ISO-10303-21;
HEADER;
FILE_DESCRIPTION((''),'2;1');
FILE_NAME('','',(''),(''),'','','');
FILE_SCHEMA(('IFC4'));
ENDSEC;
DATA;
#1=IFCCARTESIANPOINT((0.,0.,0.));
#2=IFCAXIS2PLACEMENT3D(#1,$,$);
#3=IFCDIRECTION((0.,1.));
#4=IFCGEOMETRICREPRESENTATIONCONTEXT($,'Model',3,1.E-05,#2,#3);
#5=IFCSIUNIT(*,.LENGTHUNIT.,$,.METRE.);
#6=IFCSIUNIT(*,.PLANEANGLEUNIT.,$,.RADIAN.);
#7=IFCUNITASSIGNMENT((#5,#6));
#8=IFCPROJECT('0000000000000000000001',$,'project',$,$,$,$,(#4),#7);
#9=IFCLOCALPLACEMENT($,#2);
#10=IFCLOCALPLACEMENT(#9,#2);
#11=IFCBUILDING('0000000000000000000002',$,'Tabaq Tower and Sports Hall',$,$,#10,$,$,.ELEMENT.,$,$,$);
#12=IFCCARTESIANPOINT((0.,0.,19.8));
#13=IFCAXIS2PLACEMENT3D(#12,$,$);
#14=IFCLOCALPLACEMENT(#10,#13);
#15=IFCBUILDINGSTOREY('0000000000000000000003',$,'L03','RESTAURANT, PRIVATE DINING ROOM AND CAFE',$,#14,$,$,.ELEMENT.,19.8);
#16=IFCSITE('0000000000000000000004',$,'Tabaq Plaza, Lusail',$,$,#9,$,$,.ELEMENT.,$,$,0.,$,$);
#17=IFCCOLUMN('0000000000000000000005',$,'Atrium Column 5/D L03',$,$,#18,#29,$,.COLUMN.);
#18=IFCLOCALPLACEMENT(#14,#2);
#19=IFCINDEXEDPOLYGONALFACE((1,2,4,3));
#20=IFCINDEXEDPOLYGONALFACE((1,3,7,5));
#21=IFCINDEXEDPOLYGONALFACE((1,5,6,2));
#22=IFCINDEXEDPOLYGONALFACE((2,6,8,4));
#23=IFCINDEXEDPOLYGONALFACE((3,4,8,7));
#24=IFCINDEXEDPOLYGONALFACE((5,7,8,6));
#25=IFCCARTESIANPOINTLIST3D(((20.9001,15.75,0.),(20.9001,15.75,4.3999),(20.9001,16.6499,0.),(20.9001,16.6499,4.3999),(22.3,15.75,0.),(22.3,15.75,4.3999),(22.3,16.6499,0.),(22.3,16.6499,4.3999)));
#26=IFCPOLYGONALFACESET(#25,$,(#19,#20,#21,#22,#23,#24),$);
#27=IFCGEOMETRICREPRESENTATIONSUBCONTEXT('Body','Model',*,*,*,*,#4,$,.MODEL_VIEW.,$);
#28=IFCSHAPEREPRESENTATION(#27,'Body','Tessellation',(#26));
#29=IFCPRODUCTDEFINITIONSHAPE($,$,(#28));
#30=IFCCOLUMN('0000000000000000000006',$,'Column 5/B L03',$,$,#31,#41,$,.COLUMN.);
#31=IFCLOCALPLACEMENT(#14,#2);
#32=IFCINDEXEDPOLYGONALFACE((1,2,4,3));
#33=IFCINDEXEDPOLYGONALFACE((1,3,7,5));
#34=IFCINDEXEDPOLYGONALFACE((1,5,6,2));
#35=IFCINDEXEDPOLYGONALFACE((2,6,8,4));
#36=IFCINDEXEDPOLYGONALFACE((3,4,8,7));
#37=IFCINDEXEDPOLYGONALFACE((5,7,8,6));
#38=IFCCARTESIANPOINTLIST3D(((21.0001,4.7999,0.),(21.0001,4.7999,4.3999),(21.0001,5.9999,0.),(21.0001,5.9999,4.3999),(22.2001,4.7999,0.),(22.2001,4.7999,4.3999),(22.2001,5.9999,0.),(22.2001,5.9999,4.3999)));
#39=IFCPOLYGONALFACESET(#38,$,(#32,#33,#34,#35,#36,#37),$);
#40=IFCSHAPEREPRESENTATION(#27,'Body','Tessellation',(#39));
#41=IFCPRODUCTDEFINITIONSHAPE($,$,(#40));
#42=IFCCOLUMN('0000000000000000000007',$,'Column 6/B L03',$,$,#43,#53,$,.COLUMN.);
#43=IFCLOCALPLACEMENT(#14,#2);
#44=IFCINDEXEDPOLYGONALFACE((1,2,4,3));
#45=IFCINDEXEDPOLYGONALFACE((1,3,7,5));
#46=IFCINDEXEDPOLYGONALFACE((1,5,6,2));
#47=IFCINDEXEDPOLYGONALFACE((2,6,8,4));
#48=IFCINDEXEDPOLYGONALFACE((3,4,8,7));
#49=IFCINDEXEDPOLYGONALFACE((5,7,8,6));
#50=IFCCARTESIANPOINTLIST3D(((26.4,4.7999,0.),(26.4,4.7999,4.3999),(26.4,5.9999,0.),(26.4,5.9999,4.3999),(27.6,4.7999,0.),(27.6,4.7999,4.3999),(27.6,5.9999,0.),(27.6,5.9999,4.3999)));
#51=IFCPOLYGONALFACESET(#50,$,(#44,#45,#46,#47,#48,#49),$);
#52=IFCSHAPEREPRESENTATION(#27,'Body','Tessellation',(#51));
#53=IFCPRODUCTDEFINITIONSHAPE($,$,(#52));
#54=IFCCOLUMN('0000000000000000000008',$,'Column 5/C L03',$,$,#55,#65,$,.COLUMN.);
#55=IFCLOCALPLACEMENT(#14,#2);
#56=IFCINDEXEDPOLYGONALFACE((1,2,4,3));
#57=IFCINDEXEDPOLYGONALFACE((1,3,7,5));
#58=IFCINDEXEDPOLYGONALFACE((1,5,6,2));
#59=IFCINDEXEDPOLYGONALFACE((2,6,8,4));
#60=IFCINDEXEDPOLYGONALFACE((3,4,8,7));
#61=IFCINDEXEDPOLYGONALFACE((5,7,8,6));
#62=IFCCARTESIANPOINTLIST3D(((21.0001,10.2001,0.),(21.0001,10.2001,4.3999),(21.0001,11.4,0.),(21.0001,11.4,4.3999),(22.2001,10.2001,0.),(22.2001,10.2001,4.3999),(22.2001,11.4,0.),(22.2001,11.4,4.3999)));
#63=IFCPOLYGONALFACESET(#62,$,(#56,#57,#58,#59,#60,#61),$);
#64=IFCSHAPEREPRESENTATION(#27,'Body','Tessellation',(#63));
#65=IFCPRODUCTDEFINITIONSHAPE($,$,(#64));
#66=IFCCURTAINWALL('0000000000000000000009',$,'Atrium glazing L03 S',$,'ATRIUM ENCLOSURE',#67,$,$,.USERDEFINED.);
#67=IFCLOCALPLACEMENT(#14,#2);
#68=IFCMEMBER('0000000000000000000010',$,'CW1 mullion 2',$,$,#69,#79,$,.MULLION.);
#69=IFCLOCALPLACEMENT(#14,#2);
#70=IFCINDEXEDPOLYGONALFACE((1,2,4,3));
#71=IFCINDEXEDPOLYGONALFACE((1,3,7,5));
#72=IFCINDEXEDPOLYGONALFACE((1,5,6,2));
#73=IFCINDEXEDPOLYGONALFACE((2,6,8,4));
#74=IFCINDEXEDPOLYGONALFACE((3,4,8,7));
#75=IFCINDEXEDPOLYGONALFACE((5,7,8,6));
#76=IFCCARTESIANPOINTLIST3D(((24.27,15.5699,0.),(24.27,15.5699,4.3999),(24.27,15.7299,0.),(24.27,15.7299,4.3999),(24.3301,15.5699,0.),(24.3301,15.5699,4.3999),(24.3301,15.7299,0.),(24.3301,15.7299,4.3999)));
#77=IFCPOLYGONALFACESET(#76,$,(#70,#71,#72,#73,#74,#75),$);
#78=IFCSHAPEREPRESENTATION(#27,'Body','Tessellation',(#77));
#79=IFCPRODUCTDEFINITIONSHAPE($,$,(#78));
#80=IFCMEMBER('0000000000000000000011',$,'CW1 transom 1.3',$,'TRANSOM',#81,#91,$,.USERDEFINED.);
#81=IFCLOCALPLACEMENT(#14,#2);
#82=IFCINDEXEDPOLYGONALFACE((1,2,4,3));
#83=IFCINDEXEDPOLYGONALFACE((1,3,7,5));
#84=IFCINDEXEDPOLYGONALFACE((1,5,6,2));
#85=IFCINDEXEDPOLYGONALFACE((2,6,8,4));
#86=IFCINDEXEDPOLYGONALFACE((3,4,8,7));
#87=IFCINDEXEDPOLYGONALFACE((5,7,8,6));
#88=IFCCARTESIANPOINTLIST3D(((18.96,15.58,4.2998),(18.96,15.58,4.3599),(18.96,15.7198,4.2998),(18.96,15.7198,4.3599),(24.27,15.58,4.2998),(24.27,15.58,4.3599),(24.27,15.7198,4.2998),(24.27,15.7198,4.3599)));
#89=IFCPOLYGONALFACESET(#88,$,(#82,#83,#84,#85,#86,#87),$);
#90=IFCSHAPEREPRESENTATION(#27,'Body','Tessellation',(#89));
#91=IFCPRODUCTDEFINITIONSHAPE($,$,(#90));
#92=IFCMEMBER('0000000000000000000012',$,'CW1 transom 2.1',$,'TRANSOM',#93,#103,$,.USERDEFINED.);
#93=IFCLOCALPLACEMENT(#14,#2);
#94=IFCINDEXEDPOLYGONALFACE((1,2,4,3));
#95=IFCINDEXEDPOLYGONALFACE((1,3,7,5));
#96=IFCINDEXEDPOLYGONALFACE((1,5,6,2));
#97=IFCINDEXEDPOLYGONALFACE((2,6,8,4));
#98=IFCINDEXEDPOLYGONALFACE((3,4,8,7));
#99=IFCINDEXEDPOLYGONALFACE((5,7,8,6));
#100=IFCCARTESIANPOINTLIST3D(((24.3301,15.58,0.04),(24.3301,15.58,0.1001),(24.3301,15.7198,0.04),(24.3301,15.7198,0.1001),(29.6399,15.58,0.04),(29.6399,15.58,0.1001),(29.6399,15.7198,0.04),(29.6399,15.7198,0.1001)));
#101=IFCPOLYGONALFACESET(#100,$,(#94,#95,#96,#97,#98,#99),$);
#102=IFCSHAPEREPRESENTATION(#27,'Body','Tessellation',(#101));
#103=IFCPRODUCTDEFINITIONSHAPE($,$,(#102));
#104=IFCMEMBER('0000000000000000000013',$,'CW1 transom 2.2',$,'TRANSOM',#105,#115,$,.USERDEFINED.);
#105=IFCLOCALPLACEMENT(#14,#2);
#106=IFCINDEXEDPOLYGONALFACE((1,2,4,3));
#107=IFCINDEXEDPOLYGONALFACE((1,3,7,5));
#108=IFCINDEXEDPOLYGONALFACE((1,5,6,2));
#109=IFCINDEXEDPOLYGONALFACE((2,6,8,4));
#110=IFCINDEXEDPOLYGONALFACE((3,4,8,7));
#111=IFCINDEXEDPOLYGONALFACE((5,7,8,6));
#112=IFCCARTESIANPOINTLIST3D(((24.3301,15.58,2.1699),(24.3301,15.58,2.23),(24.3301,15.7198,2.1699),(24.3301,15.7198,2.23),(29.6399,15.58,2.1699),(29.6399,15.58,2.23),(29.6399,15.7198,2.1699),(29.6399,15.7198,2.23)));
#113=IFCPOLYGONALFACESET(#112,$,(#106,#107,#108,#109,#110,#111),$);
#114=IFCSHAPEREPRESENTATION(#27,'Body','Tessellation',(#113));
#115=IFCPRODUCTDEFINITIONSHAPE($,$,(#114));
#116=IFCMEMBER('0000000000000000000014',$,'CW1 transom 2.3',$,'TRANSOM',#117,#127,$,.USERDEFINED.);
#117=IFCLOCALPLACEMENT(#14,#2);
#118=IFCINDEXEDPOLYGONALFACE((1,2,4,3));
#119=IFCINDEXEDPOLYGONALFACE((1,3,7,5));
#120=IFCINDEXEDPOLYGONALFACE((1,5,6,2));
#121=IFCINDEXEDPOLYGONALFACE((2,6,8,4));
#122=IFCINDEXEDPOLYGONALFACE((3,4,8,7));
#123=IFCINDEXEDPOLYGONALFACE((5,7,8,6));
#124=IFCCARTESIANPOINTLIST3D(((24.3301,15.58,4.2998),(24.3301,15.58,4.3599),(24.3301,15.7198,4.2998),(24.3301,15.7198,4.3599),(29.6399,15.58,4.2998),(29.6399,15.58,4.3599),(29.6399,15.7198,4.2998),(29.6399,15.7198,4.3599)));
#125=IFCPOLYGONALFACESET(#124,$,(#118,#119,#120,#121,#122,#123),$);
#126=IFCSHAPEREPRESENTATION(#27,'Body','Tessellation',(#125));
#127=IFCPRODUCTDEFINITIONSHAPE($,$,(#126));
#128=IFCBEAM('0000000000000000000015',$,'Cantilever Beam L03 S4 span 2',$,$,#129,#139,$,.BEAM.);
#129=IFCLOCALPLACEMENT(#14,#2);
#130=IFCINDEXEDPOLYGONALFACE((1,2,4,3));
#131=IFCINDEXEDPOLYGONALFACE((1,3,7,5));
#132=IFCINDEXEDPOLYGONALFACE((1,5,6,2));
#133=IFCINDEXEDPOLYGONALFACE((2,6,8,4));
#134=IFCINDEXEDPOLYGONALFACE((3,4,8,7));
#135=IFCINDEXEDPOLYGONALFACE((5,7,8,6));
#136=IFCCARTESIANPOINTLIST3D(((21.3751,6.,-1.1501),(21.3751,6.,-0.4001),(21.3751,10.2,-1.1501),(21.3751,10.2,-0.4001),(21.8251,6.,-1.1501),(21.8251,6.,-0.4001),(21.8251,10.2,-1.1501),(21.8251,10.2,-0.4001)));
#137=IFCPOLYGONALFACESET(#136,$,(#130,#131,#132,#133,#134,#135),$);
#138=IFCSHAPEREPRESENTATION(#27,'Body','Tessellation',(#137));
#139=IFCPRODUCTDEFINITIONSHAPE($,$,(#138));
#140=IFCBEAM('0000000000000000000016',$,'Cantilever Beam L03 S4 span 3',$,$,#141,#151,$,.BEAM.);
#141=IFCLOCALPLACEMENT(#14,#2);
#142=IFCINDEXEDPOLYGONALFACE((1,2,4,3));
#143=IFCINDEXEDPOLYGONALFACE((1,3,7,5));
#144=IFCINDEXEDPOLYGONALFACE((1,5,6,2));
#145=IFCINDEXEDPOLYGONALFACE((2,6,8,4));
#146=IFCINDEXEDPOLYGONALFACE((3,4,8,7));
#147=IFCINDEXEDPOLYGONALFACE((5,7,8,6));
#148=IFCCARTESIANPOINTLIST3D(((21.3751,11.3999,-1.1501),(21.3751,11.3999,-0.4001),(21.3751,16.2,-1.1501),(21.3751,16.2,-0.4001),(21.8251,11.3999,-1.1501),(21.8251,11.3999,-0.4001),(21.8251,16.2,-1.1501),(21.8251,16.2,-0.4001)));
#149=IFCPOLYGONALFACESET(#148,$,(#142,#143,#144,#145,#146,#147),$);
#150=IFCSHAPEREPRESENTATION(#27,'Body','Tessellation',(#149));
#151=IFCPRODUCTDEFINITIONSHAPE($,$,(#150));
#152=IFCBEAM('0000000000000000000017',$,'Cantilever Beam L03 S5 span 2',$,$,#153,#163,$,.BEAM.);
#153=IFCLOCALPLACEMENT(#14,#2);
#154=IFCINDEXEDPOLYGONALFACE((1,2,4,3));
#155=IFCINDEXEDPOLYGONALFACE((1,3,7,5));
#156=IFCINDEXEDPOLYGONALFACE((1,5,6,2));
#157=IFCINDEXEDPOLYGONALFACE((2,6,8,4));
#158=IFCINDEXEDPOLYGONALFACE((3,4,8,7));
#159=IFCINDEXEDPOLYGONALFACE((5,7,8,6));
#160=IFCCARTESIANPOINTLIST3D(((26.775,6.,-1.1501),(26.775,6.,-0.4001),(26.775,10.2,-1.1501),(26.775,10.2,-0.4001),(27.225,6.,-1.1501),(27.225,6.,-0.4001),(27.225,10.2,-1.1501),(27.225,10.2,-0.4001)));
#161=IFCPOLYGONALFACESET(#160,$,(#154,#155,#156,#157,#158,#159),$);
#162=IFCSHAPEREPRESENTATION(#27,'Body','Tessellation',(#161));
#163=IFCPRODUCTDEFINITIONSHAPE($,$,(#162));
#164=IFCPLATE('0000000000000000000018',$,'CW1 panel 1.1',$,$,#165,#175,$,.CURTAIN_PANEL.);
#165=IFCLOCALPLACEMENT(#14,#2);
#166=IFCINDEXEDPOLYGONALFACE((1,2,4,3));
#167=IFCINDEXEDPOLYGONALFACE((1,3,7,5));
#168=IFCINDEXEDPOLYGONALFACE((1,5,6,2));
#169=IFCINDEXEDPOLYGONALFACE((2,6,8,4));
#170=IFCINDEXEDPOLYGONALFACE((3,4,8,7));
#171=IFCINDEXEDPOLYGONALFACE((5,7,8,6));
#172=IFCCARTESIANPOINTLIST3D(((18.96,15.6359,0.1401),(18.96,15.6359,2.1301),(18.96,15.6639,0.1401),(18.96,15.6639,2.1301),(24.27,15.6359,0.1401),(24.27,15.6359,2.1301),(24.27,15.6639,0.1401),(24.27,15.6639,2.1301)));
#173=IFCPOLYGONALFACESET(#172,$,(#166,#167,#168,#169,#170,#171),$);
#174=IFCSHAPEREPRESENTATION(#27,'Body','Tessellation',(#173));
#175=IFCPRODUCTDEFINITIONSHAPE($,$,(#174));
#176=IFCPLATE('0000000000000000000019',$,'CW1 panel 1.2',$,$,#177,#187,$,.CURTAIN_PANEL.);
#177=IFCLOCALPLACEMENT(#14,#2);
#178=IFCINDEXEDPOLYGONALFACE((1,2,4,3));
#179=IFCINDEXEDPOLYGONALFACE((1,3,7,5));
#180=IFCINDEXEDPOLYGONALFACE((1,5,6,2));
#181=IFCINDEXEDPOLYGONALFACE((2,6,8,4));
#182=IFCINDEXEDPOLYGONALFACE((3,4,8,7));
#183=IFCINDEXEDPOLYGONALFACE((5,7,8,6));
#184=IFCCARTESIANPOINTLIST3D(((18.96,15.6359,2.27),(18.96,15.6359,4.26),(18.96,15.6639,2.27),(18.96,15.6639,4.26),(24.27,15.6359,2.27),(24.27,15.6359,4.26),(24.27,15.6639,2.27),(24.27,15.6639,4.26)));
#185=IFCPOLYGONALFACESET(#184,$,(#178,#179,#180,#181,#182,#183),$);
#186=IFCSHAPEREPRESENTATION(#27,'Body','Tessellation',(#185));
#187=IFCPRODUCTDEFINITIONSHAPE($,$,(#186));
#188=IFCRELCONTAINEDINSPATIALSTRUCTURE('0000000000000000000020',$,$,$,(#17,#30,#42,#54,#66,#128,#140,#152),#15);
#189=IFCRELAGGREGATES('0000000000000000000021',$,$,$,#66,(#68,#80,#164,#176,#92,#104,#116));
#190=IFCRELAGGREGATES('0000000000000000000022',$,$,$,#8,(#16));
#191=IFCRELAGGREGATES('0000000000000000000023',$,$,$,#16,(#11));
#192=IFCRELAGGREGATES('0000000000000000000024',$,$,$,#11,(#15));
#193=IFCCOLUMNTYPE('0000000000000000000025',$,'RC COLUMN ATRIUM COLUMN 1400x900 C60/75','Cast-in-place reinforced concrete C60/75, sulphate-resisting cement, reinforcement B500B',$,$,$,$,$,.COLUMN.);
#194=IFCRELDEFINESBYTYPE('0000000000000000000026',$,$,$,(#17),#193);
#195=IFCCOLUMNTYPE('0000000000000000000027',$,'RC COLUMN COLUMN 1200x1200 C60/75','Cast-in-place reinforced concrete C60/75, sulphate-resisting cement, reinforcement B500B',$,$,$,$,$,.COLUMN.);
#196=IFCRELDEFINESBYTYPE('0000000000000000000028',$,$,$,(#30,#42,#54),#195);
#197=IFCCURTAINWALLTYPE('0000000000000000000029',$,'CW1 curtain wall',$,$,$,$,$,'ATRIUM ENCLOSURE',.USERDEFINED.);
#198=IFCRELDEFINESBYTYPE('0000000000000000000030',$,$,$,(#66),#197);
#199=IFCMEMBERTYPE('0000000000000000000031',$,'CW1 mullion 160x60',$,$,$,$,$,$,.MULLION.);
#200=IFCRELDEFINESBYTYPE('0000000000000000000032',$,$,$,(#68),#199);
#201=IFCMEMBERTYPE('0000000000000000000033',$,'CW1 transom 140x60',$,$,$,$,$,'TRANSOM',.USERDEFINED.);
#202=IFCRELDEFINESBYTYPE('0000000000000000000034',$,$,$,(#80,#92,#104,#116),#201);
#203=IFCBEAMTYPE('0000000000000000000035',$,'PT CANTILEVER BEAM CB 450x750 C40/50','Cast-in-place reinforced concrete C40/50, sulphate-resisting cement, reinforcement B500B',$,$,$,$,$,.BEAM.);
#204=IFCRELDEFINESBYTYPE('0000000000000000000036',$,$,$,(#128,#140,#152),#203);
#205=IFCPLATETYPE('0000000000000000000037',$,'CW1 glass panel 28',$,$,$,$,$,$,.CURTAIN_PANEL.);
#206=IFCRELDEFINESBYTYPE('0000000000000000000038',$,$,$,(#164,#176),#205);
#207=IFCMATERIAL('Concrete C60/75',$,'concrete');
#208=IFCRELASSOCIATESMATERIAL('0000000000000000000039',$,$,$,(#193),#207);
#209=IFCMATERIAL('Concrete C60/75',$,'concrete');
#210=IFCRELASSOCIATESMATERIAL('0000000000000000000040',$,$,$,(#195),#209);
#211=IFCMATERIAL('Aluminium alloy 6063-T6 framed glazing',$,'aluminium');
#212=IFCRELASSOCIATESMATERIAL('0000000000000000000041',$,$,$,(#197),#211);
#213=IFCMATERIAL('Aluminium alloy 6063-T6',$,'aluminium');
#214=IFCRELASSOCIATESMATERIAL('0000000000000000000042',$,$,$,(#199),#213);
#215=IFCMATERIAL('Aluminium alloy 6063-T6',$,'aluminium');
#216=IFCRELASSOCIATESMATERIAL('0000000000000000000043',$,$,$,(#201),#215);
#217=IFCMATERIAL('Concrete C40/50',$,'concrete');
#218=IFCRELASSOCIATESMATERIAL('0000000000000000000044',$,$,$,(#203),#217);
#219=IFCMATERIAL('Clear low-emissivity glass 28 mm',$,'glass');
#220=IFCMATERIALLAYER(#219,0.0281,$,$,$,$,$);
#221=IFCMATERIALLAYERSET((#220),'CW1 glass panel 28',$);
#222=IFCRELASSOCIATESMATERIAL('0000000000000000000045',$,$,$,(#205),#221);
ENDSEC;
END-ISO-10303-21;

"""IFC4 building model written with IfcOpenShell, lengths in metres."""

from ifc_helpers import new_model, si_unit, direction, frame, origin, origin_2d, place, context, subcontext, project, spatial, rectangle, extrude, material, layer, layer_set, material_profile, profile_set, type_object, element, aggregate, save


model = new_model("IFC4")

# Units and contexts
model_context = context("Model", 3, precision=1e-05, world=origin(), true_north=direction((0.0, 1.0)))
body_context = subcontext(model_context, "Body", "Model", "MODEL_VIEW")
ifc_project = project(units=[si_unit("LENGTHUNIT", "METRE"), si_unit("PLANEANGLEUNIT", "RADIAN")], contexts=[model_context])

# Site, building, storey
site_placement = place(None, origin())
site = spatial("IfcSite", under=ifc_project, at=site_placement, Name="Tabaq Plaza, Lusail", CompositionType="ELEMENT", RefElevation=0.0)
building_placement = place(site_placement, origin())
building = spatial("IfcBuilding", under=site, at=building_placement, Name="Tabaq Tower and Sports Hall", CompositionType="ELEMENT")
storey_placement = place(building_placement, frame((0.0, 0.0, 19.8)))
storey = spatial("IfcBuildingStorey", under=building, at=storey_placement, Name="L03", Description="RESTAURANT, PRIVATE DINING ROOM AND CAFE", CompositionType="ELEMENT", Elevation=19.8)

# Columns
ifc_material_1 = material(Name="Concrete C60/75", Category="concrete")
ifc_material_profile_1 = material_profile(ifc_material_1, rectangle(XDim=1.3999, YDim=0.8999, at=origin_2d()), Name="ATRIUM COLUMN 1400x900")
ifc_profile_set_1 = profile_set([ifc_material_profile_1], Name="Concrete C60/75")
column_type_1 = type_object("IfcColumnType", Name="RC COLUMN ATRIUM COLUMN 1400x900 C60/75", Description="Cast-in-place reinforced concrete C60/75, sulphate-resisting cement, reinforcement B500B", PredefinedType="COLUMN", material=ifc_profile_set_1)
column_placement = place(storey_placement, frame((21.6001, 16.2, 0.0), z_axis=(0.0, 0.0, 1.0), x_axis=(1.0, 0.0, 0.0)))
element("IfcColumn", 1, at=column_placement, inside=storey, type_object=column_type_1, Name="Atrium Column 5/D L03", PredefinedType="COLUMN", context=body_context, shape_type="SweptSolid", body=[
    extrude(rectangle(XDim=1.3999, YDim=0.8999, at=origin_2d()), origin(), (0.0, 0.0, 1.0), 4.3999),
])
ifc_material_2 = material(Name="Concrete C60/75", Category="concrete")
ifc_material_profile_2 = material_profile(ifc_material_2, rectangle(XDim=1.2, YDim=1.2, at=origin_2d()), Name="COLUMN 1200x1200")
ifc_profile_set_2 = profile_set([ifc_material_profile_2], Name="Concrete C60/75")
column_type_2 = type_object("IfcColumnType", Name="RC COLUMN COLUMN 1200x1200 C60/75", Description="Cast-in-place reinforced concrete C60/75, sulphate-resisting cement, reinforcement B500B", PredefinedType="COLUMN", material=ifc_profile_set_2)
for number, where, z_axis, x_axis, name in (
    (2, (21.6001, 5.3999, 0.0), (0.0, 0.0, 1.0), (1.0, 0.0, 0.0), "Column 5/B L03"),
    (3, (27.0, 5.3999, 0.0), (0.0, 0.0, 1.0), (1.0, 0.0, 0.0), "Column 6/B L03"),
    (4, (21.6001, 10.8, 0.0), (0.0, 0.0, 1.0), (1.0, 0.0, 0.0), "Column 5/C L03"),
):
    element("IfcColumn", number, at=place(storey_placement, frame(where, z_axis=z_axis, x_axis=x_axis)), inside=storey, type_object=column_type_2, Name=name, PredefinedType="COLUMN", context=body_context, shape_type="SweptSolid", body=[
        extrude(rectangle(XDim=1.2, YDim=1.2, at=origin_2d()), origin(), (0.0, 0.0, 1.0), 4.3999),
    ])

# Curtain wall, members
ifc_material_3 = material(Name="Aluminium alloy 6063-T6 framed glazing", Category="aluminium")
curtain_wall_type = type_object("IfcCurtainWallType", Name="CW1 curtain wall", ElementType="ATRIUM ENCLOSURE", PredefinedType="USERDEFINED", material=ifc_material_3)
curtain_wall_placement = place(storey_placement, origin())
curtain_wall = element("IfcCurtainWall", 5, at=curtain_wall_placement, inside=storey, type_object=curtain_wall_type, Name="Atrium glazing L03 S", ObjectType="ATRIUM ENCLOSURE", PredefinedType="USERDEFINED")
ifc_material_4 = material(Name="Aluminium alloy 6063-T6", Category="aluminium")
ifc_material_profile_3 = material_profile(ifc_material_4, rectangle(XDim=0.1599, YDim=0.0601, at=origin_2d()), Name="MULLION 160x60")
ifc_profile_set_3 = profile_set([ifc_material_profile_3], Name="Aluminium alloy 6063-T6")
member_type_1 = type_object("IfcMemberType", Name="CW1 mullion 160x60", PredefinedType="MULLION", material=ifc_profile_set_3)
member_1_placement = place(storey_placement, frame((24.3, 15.6499, 0.0), z_axis=(0.0, 0.0, 1.0), x_axis=(0.0, 1.0, 0.0)))
member_1 = element("IfcMember", 6, at=member_1_placement, type_object=member_type_1, Name="CW1 mullion 2", PredefinedType="MULLION", context=body_context, shape_type="SweptSolid", body=[
    extrude(rectangle(XDim=0.1599, YDim=0.0601, at=origin_2d()), origin(), (0.0, 0.0, 1.0), 4.3999),
])
ifc_material_5 = material(Name="Aluminium alloy 6063-T6", Category="aluminium")
ifc_material_profile_4 = material_profile(ifc_material_5, rectangle(XDim=0.1399, YDim=0.0601, at=origin_2d()), Name="TRANSOM 140x60")
ifc_profile_set_4 = profile_set([ifc_material_profile_4], Name="Aluminium alloy 6063-T6")
member_type_2 = type_object("IfcMemberType", Name="CW1 transom 140x60", ElementType="TRANSOM", PredefinedType="USERDEFINED", material=ifc_profile_set_4)
member_2_placement = place(storey_placement, frame((18.96, 15.6499, 4.3298), z_axis=(1.0, 0.0, 0.0), x_axis=(0.0, 1.0, 0.0)))
member_2 = element("IfcMember", 7, at=member_2_placement, type_object=member_type_2, Name="CW1 transom 1.3", ObjectType="TRANSOM", PredefinedType="USERDEFINED", context=body_context, shape_type="SweptSolid", body=[
    extrude(rectangle(XDim=0.1399, YDim=0.0601, at=origin_2d()), origin(), (0.0, 0.0, 1.0), 5.3101),
])
member_3_placement = place(storey_placement, frame((24.3301, 15.6499, 0.0701), z_axis=(1.0, 0.0, 0.0), x_axis=(0.0, 1.0, 0.0)))
member_3 = element("IfcMember", 8, at=member_3_placement, type_object=member_type_2, Name="CW1 transom 2.1", ObjectType="TRANSOM", PredefinedType="USERDEFINED", context=body_context, shape_type="SweptSolid", body=[
    extrude(rectangle(XDim=0.1399, YDim=0.0601, at=origin_2d()), origin(), (0.0, 0.0, 1.0), 5.3098),
])
member_4_placement = place(storey_placement, frame((24.3301, 15.6499, 2.2), z_axis=(1.0, 0.0, 0.0), x_axis=(0.0, 1.0, 0.0)))
member_4 = element("IfcMember", 9, at=member_4_placement, type_object=member_type_2, Name="CW1 transom 2.2", ObjectType="TRANSOM", PredefinedType="USERDEFINED", context=body_context, shape_type="SweptSolid", body=[
    extrude(rectangle(XDim=0.1399, YDim=0.0601, at=origin_2d()), origin(), (0.0, 0.0, 1.0), 5.3098),
])
member_5_placement = place(storey_placement, frame((24.3301, 15.6499, 4.3298), z_axis=(1.0, 0.0, 0.0), x_axis=(0.0, 1.0, 0.0)))
member_5 = element("IfcMember", 10, at=member_5_placement, type_object=member_type_2, Name="CW1 transom 2.3", ObjectType="TRANSOM", PredefinedType="USERDEFINED", context=body_context, shape_type="SweptSolid", body=[
    extrude(rectangle(XDim=0.1399, YDim=0.0601, at=origin_2d()), origin(), (0.0, 0.0, 1.0), 5.3098),
])

# Beams
ifc_material_6 = material(Name="Concrete C40/50", Category="concrete")
ifc_material_profile_5 = material_profile(ifc_material_6, rectangle(XDim=0.45, YDim=0.75, at=origin_2d()), Name="CB 450x750")
ifc_profile_set_5 = profile_set([ifc_material_profile_5], Name="Concrete C40/50")
beam_type = type_object("IfcBeamType", Name="PT CANTILEVER BEAM CB 450x750 C40/50", Description="Cast-in-place reinforced concrete C40/50, sulphate-resisting cement, reinforcement B500B", PredefinedType="BEAM", material=ifc_profile_set_5)
beam_1_placement = place(storey_placement, frame((21.6001, 6.0, -0.7751), z_axis=(0.0, 1.0, 0.0), x_axis=(-1.0, 0.0, 0.0)))
element("IfcBeam", 11, at=beam_1_placement, inside=storey, type_object=beam_type, Name="Cantilever Beam L03 S4 span 2", PredefinedType="BEAM", context=body_context, shape_type="SweptSolid", body=[
    extrude(rectangle(XDim=0.45, YDim=0.75, at=origin_2d()), origin(), (0.0, 0.0, 1.0), 4.2),
])
beam_2_placement = place(storey_placement, frame((21.6001, 11.3999, -0.7751), z_axis=(0.0, 1.0, 0.0), x_axis=(-1.0, 0.0, 0.0)))
element("IfcBeam", 12, at=beam_2_placement, inside=storey, type_object=beam_type, Name="Cantilever Beam L03 S4 span 3", PredefinedType="BEAM", context=body_context, shape_type="SweptSolid", body=[
    extrude(rectangle(XDim=0.45, YDim=0.75, at=origin_2d()), origin(), (0.0, 0.0, 1.0), 4.8),
])
beam_3_placement = place(storey_placement, frame((27.0, 6.0, -0.7751), z_axis=(0.0, 1.0, 0.0), x_axis=(-1.0, 0.0, 0.0)))
element("IfcBeam", 13, at=beam_3_placement, inside=storey, type_object=beam_type, Name="Cantilever Beam L03 S5 span 2", PredefinedType="BEAM", context=body_context, shape_type="SweptSolid", body=[
    extrude(rectangle(XDim=0.45, YDim=0.75, at=origin_2d()), origin(), (0.0, 0.0, 1.0), 4.2),
])

# Plates
ifc_material_7 = material(Name="Clear low-emissivity glass 28 mm", Category="glass")
ifc_layer_1 = layer(ifc_material_7, 0.0281)
ifc_layer_set_1 = layer_set([ifc_layer_1], Name="CW1 glass panel 28")
plate_type = type_object("IfcPlateType", Name="CW1 glass panel 28", PredefinedType="CURTAIN_PANEL", material=ifc_layer_set_1)
plate_1_placement = place(storey_placement, frame((21.615, 15.6499, 0.1401), z_axis=(0.0, 0.0, 1.0), x_axis=(1.0, 0.0, 0.0)))
plate_1 = element("IfcPlate", 14, at=plate_1_placement, type_object=plate_type, Name="CW1 panel 1.1", PredefinedType="CURTAIN_PANEL", context=body_context, shape_type="SweptSolid", body=[
    extrude(rectangle(XDim=5.3101, YDim=0.0281, at=origin_2d()), origin(), (0.0, 0.0, 1.0), 1.99),
])
plate_2_placement = place(storey_placement, frame((21.615, 15.6499, 2.27), z_axis=(0.0, 0.0, 1.0), x_axis=(1.0, 0.0, 0.0)))
plate_2 = element("IfcPlate", 15, at=plate_2_placement, type_object=plate_type, Name="CW1 panel 1.2", PredefinedType="CURTAIN_PANEL", context=body_context, shape_type="SweptSolid", body=[
    extrude(rectangle(XDim=5.3101, YDim=0.0281, at=origin_2d()), origin(), (0.0, 0.0, 1.0), 1.99),
])
aggregate(curtain_wall, [member_1, member_2, plate_1, plate_2, member_3, member_4, member_5])

save(model, "model.ifc")
